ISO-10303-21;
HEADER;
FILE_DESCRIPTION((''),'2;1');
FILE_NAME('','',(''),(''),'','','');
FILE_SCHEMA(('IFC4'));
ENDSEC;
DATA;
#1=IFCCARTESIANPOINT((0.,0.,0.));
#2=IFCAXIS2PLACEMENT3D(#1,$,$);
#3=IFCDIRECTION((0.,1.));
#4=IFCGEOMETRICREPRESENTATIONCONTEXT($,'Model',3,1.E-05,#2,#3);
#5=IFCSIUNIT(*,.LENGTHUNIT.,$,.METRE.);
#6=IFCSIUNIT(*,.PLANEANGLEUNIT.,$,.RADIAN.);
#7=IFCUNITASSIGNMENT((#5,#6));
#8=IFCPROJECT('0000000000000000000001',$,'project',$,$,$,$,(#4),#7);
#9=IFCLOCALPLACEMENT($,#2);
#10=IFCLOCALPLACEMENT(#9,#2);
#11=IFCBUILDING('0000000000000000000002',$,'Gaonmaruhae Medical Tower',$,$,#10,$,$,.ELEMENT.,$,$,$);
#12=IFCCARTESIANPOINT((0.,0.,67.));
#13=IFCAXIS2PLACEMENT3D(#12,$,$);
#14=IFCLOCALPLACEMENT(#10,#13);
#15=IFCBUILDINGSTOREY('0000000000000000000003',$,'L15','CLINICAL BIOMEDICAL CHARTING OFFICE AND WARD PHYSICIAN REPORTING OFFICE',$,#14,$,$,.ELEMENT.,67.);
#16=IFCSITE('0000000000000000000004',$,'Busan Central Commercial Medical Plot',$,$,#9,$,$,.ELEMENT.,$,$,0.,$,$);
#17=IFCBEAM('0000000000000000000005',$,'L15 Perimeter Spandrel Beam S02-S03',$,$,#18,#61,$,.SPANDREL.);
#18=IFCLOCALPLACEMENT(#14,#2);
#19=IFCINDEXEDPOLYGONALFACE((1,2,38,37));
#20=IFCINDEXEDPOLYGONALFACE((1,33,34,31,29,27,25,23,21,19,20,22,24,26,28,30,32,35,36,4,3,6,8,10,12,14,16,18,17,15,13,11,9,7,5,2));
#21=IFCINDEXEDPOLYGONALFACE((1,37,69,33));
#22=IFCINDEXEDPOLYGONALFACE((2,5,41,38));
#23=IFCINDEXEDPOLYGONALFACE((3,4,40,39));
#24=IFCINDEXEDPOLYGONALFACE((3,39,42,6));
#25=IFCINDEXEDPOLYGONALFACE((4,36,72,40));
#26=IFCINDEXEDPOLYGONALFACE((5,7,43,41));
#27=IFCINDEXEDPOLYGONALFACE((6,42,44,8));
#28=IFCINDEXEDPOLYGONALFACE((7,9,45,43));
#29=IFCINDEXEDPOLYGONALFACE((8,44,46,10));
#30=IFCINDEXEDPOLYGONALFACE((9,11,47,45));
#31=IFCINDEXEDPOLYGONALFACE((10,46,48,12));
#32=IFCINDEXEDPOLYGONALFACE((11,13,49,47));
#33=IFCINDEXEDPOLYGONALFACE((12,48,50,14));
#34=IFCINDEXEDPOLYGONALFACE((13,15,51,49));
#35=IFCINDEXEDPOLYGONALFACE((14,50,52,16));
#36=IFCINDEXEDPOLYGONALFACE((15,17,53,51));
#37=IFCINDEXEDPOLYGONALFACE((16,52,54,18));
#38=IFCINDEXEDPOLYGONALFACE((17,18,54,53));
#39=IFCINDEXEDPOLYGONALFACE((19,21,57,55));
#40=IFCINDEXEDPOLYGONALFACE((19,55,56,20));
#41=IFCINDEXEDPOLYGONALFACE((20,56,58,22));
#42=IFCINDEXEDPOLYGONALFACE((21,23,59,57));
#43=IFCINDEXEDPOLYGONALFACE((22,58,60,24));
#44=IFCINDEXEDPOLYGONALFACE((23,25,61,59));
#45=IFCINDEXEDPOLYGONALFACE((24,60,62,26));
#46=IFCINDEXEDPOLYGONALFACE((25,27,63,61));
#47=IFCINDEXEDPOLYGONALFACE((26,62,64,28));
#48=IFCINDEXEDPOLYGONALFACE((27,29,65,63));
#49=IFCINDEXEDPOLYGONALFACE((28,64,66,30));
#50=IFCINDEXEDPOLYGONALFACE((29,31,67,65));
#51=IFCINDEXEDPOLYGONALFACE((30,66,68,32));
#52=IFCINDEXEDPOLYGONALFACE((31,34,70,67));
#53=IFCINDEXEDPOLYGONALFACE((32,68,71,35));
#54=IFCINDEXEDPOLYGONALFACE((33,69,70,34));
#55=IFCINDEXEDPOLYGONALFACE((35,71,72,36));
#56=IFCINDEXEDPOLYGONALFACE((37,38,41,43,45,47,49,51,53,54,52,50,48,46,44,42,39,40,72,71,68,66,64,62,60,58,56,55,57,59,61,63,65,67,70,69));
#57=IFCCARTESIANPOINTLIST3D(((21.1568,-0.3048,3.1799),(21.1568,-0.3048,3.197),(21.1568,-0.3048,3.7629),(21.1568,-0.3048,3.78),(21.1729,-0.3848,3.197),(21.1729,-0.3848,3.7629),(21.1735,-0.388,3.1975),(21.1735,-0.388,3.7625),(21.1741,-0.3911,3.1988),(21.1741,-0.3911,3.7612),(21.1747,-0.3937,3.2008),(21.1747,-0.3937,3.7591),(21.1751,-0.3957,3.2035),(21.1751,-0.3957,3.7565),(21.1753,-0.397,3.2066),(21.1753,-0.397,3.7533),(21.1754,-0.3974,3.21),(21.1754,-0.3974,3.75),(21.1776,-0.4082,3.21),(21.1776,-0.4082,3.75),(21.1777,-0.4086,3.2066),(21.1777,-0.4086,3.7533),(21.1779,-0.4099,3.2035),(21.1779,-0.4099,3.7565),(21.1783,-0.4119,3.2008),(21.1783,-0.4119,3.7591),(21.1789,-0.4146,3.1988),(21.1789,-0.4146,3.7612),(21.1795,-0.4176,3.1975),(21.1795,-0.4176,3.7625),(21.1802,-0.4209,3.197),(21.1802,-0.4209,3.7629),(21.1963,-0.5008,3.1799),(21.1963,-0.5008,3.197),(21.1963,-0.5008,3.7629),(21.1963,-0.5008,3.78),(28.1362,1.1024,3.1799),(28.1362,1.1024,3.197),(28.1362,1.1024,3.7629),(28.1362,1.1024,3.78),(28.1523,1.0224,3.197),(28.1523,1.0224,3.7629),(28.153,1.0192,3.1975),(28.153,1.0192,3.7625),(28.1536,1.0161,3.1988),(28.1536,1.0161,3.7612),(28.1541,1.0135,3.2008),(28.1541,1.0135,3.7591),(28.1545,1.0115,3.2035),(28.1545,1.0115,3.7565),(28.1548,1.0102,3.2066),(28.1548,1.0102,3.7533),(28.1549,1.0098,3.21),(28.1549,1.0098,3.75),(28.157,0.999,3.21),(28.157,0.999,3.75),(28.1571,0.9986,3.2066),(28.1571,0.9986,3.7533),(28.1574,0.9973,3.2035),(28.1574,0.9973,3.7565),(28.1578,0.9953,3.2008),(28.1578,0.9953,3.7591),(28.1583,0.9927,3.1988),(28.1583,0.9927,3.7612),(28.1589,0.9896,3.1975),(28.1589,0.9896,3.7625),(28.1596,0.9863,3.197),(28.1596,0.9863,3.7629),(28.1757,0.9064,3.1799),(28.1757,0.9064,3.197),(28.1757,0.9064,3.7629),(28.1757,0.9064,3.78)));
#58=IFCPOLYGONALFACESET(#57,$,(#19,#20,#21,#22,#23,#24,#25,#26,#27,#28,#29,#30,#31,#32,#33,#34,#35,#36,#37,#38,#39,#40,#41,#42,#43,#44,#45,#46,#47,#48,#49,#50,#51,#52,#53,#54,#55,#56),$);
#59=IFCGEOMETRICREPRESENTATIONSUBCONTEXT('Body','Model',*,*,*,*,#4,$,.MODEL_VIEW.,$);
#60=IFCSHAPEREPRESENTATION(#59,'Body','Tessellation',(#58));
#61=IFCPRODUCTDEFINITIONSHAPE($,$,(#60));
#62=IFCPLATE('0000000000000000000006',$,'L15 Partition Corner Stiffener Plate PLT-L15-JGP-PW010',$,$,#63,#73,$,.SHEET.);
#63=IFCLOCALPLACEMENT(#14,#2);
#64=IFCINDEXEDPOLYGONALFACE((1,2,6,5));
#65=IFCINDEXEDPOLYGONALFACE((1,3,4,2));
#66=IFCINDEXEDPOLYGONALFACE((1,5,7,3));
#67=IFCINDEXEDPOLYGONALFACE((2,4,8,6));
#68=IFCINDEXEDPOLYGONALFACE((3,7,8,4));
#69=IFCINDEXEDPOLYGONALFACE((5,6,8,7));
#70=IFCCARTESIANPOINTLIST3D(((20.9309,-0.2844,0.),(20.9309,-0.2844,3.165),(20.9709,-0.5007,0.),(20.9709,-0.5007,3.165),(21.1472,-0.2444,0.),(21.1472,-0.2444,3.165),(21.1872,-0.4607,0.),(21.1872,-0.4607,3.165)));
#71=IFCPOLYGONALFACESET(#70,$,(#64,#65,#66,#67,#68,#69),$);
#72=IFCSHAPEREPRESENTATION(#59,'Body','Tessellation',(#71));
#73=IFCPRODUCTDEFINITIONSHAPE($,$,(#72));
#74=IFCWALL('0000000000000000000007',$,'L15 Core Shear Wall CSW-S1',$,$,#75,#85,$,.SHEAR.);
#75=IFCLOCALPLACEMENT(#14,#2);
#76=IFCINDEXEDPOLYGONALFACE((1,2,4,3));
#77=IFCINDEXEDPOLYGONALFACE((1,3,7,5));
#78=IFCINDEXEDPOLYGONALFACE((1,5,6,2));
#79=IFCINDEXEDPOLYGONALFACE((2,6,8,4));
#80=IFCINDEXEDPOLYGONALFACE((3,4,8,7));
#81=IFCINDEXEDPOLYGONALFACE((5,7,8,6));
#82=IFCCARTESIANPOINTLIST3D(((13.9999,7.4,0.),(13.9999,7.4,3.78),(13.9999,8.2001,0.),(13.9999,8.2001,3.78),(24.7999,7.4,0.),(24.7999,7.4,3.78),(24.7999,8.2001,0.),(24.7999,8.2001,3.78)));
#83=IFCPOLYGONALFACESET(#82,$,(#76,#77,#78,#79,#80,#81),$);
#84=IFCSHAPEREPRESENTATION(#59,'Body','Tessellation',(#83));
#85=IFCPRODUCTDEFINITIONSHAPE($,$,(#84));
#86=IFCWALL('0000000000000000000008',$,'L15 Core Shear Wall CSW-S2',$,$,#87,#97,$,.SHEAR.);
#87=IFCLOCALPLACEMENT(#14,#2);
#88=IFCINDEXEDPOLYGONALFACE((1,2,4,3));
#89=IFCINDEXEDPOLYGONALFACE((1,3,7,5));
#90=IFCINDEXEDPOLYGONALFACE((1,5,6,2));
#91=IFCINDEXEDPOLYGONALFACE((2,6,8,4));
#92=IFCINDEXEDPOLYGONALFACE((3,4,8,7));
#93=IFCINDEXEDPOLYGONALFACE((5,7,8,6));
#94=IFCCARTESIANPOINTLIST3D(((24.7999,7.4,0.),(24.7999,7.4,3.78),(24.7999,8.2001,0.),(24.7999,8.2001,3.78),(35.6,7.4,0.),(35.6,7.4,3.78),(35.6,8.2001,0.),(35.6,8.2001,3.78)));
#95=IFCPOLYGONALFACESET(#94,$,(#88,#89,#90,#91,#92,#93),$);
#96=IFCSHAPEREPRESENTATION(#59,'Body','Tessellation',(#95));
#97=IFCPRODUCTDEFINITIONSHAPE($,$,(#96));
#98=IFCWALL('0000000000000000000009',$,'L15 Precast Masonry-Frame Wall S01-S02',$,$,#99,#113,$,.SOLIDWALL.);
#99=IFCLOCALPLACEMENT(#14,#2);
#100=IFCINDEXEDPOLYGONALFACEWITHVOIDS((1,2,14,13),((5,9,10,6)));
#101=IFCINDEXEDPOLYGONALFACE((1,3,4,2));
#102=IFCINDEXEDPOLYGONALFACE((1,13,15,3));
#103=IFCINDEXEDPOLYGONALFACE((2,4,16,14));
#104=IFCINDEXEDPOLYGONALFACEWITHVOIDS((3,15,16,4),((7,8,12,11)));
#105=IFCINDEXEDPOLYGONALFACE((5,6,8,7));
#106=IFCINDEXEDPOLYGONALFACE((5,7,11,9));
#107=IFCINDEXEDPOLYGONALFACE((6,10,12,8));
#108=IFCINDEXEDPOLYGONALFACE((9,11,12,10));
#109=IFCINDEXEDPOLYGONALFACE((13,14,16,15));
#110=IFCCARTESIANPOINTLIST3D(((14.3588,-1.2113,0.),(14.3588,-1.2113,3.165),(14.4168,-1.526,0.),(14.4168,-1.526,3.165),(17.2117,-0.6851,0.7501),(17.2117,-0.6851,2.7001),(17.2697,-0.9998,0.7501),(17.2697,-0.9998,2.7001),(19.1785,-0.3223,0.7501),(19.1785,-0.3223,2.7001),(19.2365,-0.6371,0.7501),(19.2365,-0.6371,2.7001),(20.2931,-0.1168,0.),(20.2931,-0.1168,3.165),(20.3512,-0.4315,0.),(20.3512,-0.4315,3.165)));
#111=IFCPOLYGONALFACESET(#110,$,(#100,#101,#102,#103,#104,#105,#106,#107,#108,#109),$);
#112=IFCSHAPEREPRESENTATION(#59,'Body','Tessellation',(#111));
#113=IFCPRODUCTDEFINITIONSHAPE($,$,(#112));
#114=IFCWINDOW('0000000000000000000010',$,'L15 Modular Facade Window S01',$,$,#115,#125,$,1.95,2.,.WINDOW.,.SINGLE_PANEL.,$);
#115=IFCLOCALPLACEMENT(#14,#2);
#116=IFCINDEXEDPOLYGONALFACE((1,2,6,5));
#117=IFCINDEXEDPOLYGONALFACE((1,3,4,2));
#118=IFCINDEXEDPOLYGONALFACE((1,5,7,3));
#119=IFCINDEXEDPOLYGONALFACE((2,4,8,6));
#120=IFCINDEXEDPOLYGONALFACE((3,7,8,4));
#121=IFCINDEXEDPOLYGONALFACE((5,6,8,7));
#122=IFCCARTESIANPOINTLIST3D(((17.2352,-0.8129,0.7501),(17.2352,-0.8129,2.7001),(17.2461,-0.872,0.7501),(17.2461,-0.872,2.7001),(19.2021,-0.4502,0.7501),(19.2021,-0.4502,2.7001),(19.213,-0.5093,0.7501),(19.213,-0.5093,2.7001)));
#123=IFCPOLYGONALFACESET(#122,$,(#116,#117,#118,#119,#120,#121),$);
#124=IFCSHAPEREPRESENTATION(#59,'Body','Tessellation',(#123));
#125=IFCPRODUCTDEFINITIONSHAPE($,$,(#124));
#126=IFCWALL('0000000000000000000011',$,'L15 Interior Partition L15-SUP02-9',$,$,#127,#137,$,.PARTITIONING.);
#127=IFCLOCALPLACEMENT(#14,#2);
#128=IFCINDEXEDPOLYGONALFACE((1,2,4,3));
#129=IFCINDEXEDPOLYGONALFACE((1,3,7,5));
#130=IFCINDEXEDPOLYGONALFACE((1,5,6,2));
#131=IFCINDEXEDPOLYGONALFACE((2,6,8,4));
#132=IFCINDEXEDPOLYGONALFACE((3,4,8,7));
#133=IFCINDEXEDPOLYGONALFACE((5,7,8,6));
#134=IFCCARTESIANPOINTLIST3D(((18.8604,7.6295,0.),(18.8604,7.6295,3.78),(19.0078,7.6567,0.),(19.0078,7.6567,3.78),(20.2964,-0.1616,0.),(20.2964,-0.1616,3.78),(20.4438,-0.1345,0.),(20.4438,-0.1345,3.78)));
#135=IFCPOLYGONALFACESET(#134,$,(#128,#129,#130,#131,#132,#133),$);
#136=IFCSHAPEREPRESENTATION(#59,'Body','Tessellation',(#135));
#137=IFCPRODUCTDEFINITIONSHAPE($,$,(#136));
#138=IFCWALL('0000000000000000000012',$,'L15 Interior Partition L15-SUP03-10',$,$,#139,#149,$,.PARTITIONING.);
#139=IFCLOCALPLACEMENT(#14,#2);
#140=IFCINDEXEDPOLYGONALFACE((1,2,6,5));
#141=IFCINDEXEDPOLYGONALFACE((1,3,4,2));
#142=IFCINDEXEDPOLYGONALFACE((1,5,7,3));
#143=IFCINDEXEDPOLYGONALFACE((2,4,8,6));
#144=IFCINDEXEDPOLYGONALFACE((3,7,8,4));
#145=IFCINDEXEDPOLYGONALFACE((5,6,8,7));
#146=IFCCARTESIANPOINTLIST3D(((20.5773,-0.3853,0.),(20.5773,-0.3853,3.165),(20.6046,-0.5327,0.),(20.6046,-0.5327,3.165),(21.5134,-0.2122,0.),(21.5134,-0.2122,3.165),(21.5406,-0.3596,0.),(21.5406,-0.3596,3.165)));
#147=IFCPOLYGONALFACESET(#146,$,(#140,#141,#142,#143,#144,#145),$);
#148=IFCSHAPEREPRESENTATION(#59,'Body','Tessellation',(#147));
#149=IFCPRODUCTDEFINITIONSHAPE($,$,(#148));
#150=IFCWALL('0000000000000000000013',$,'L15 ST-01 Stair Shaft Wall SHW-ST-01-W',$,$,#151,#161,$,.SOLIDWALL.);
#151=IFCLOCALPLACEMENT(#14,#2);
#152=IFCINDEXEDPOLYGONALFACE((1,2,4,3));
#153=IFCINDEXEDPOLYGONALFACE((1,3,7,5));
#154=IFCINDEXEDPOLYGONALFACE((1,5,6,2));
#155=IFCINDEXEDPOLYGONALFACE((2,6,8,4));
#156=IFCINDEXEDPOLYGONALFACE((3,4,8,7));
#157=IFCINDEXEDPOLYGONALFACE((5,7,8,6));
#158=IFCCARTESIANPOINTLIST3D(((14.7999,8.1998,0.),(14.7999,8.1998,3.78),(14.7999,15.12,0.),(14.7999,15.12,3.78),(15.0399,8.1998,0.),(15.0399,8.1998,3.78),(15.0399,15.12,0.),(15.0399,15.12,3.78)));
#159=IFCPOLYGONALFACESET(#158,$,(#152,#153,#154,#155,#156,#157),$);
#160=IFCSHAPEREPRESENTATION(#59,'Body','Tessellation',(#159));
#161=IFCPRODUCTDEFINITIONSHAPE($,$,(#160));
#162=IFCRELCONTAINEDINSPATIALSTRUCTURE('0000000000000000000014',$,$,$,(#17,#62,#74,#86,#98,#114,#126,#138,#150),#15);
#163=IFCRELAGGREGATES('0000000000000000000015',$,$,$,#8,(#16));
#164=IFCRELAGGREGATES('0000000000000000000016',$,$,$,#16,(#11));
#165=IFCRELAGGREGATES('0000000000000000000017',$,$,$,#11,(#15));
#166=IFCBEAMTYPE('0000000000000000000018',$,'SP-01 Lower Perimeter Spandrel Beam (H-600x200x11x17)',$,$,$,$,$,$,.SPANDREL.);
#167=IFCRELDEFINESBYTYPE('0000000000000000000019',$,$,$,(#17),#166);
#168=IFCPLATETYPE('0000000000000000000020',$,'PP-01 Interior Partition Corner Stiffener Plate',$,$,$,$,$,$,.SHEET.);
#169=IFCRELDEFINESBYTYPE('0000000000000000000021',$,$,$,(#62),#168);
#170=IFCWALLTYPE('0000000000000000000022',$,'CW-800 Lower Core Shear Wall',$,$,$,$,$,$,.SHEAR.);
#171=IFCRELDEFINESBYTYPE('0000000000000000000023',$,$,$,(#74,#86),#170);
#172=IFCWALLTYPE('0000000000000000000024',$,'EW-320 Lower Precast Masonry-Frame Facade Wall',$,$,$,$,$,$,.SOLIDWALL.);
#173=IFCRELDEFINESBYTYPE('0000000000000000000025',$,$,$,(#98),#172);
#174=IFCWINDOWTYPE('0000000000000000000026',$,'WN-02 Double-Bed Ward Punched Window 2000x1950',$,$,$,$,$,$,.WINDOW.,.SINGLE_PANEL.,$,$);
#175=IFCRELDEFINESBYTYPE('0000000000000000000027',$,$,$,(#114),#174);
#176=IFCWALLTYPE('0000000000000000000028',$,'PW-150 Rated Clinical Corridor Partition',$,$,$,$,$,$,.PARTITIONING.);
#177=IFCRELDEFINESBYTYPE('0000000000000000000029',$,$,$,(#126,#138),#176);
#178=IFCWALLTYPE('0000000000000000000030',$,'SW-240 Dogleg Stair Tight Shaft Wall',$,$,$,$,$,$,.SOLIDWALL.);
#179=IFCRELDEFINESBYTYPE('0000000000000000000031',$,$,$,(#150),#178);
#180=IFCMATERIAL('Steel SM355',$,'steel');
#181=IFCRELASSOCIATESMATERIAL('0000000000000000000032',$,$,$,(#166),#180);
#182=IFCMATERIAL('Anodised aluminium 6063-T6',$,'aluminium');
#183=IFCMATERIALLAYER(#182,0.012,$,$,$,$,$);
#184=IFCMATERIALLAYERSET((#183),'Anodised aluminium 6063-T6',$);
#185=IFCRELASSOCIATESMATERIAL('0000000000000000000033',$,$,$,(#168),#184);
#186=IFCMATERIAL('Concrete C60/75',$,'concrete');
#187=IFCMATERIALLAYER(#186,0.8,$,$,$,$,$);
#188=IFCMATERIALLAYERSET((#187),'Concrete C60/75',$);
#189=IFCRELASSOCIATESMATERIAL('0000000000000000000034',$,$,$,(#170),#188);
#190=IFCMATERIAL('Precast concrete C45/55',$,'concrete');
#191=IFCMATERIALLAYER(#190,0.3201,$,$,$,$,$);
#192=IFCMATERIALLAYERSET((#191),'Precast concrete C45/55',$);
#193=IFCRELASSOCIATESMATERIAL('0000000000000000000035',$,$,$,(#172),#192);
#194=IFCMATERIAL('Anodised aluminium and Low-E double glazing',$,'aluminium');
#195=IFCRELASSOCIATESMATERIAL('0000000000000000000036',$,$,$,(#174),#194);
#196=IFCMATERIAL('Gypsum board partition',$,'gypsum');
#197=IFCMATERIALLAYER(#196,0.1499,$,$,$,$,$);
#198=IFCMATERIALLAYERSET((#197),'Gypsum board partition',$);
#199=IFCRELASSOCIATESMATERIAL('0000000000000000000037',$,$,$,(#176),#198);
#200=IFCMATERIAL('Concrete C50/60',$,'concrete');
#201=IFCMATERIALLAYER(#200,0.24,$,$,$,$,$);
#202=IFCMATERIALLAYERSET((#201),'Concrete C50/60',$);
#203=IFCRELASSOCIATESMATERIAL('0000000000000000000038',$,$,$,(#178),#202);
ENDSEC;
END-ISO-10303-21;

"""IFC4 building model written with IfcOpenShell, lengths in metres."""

from ifc_helpers import new_model, si_unit, direction, frame, frame_2d, origin, origin_2d, place, context, subcontext, project, spatial, rectangle, i_section, extrude, material, layer, layer_set, material_profile, profile_set, type_object, element, fill, save


model = new_model("IFC4")

# Units and contexts
model_context = context("Model", 3, precision=1e-05, world=origin(), true_north=direction((0.0, 1.0)))
body_context = subcontext(model_context, "Body", "Model", "MODEL_VIEW")
ifc_project = project(units=[si_unit("LENGTHUNIT", "METRE"), si_unit("PLANEANGLEUNIT", "RADIAN")], contexts=[model_context])

# Site, building, storey
site_placement = place(None, origin())
site = spatial("IfcSite", under=ifc_project, at=site_placement, Name="Busan Central Commercial Medical Plot", CompositionType="ELEMENT", RefElevation=0.0)
building_placement = place(site_placement, origin())
building = spatial("IfcBuilding", under=site, at=building_placement, Name="Gaonmaruhae Medical Tower", CompositionType="ELEMENT")
storey_placement = place(building_placement, frame((0.0, 0.0, 67.0)))
storey = spatial("IfcBuildingStorey", under=building, at=storey_placement, Name="L15", Description="CLINICAL BIOMEDICAL CHARTING OFFICE AND WARD PHYSICIAN REPORTING OFFICE", CompositionType="ELEMENT", Elevation=67.0)

# Shared definitions
ifc_material_1 = material(Name="Concrete C60/75", Category="concrete")

# Beam
ifc_material_2 = material(Name="Steel SM355", Category="steel")
ifc_material_profile_1 = material_profile(ifc_material_2, i_section(OverallWidth=0.2, OverallDepth=0.6001, WebThickness=0.011, FlangeThickness=0.0171, FilletRadius=0.0129, at=origin_2d()), Name="H-600x200x11x17")
ifc_profile_set_1 = profile_set([ifc_material_profile_1], Name="Steel SM355")
beam_type_1 = type_object("IfcBeamType", Name="SP-01 Lower Perimeter Spandrel Beam (H-600x200x11x17)", PredefinedType="SPANDREL", material=ifc_profile_set_1)
for number, where, z_axis, x_axis, name in (
    (1, (21.1765, -0.4028, 3.48), (0.980274, 0.197646, 0.0), (-0.197646, 0.980274, 0.0), "L15 Perimeter Spandrel Beam S02-S03"),
):
    element("IfcBeam", number, at=place(storey_placement, frame(where, z_axis=z_axis, x_axis=x_axis)), inside=storey, type_object=beam_type_1, Name=name, PredefinedType="SPANDREL", context=body_context, shape_type="SweptSolid", body=[
        extrude(i_section(OverallWidth=0.2, OverallDepth=0.6001, WebThickness=0.011, FlangeThickness=0.0171, FilletRadius=0.0129, at=origin_2d()), origin(), (0.0, 0.0, 1.0), 7.1199),
    ])

# Plate
ifc_material_3 = material(Name="Anodised aluminium 6063-T6", Category="aluminium")
ifc_layer_1 = layer(ifc_material_3, 0.012)
ifc_layer_set_1 = layer_set([ifc_layer_1], Name="Anodised aluminium 6063-T6")
plate_type = type_object("IfcPlateType", Name="PP-01 Interior Partition Corner Stiffener Plate", PredefinedType="SHEET", material=ifc_layer_set_1)
plate_placement = place(storey_placement, frame((21.0591, -0.3726, 0.0), z_axis=(0.0, 0.0, 1.0), x_axis=(-0.983344, -0.181755, 0.0)))
element("IfcPlate", 2, at=plate_placement, inside=storey, type_object=plate_type, Name="L15 Partition Corner Stiffener Plate PLT-L15-JGP-PW010", PredefinedType="SHEET", context=body_context, shape_type="SweptSolid", body=[
    extrude(rectangle(XDim=0.22, YDim=0.22, at=origin_2d()), origin(), (0.0, 0.0, 1.0), 3.165),
])

# Walls
ifc_layer_2 = layer(ifc_material_1, 0.8)
ifc_layer_set_2 = layer_set([ifc_layer_2], Name="Concrete C60/75")
wall_type_1 = type_object("IfcWallType", Name="CW-800 Lower Core Shear Wall", PredefinedType="SHEAR", material=ifc_layer_set_2)
for number, where, z_axis, x_axis, name in (
    (3, (14.0, 7.8, 0.0), (0.0, 0.0, 1.0), (1.0, 0.0, 0.0), "L15 Core Shear Wall CSW-S1"),
    (4, (24.8, 7.8, 0.0), (0.0, 0.0, 1.0), (1.0, 0.0, 0.0), "L15 Core Shear Wall CSW-S2"),
):
    element("IfcWall", number, at=place(storey_placement, frame(where, z_axis=z_axis, x_axis=x_axis)), inside=storey, type_object=wall_type_1, Name=name, PredefinedType="SHEAR", context=body_context, shape_type="SweptSolid", body=[
        extrude(rectangle(XDim=10.8, YDim=0.8, at=frame_2d((5.3999, 0.0))), origin(), (0.0, 0.0, 1.0), 3.78),
    ])

# Wall, opening, window
ifc_material_4 = material(Name="Precast concrete C45/55", Category="concrete")
ifc_layer_3 = layer(ifc_material_4, 0.3201)
ifc_layer_set_3 = layer_set([ifc_layer_3], Name="Precast concrete C45/55")
wall_type_2 = type_object("IfcWallType", Name="EW-320 Lower Precast Masonry-Frame Facade Wall", PredefinedType="SOLIDWALL", material=ifc_layer_set_3)
wall_1_placement = place(storey_placement, frame((20.322, -0.2742, 0.0), z_axis=(0.0, 0.0, 1.0), x_axis=(-0.983414, -0.181374, 0.0)))
wall_1 = element("IfcWall", 5, at=wall_1_placement, inside=storey, type_object=wall_type_2, Name="L15 Precast Masonry-Frame Wall S01-S02", PredefinedType="SOLIDWALL", context=body_context, shape_type="SweptSolid", body=[
    extrude(rectangle(XDim=6.0344, YDim=0.3201, at=frame_2d((3.0171, 0.0))), origin(), (0.0, 0.0, 1.0), 3.165),
])
opening_1_placement = place(wall_1_placement, frame((1.1333, 0.0, 0.75)))
opening_1 = element("IfcOpeningElement", 6, at=opening_1_placement, cuts=wall_1, PredefinedType="OPENING", context=body_context, shape_type="SweptSolid", body=[
    extrude(rectangle(XDim=2.0, YDim=1.95, at=frame_2d((1.0, 0.9751))), frame((0.0, 0.1699, 0.0), z_axis=(0.0, -1.0, 0.0), x_axis=(1.0, 0.0, 0.0)), (0.0, 0.0, 1.0), 0.3401),
])
ifc_material_5 = material(Name="Anodised aluminium and Low-E double glazing", Category="aluminium")
window_type = type_object("IfcWindowType", Name="WN-02 Double-Bed Ward Punched Window 2000x1950", PartitioningType="SINGLE_PANEL", PredefinedType="WINDOW", material=ifc_material_5)
window_placement = place(opening_1_placement, origin())
window = element("IfcWindow", 7, at=window_placement, inside=storey, type_object=window_type, Name="L15 Modular Facade Window S01", OverallHeight=1.95, OverallWidth=2.0, PartitioningType="SINGLE_PANEL", PredefinedType="WINDOW", context=body_context, shape_type="SweptSolid", body=[
    extrude(rectangle(XDim=2.0, YDim=1.95, at=frame_2d((1.0, 0.9751))), frame((0.0, 0.03, 0.0), z_axis=(0.0, -1.0, 0.0), x_axis=(1.0, 0.0, 0.0)), (0.0, 0.0, 1.0), 0.0601),
])
fill(opening_1, window)

# Walls
ifc_material_6 = material(Name="Gypsum board partition", Category="gypsum")
ifc_layer_4 = layer(ifc_material_6, 0.1499)
ifc_layer_set_4 = layer_set([ifc_layer_4], Name="Gypsum board partition")
wall_type_3 = type_object("IfcWallType", Name="PW-150 Rated Clinical Corridor Partition", PredefinedType="PARTITIONING", material=ifc_layer_set_4)
wall_2_placement = place(storey_placement, frame((18.9341, 7.6431, 0.0), z_axis=(0.0, 0.0, 1.0), x_axis=(0.181266, -0.983434, 0.0)))
element("IfcWall", 8, at=wall_2_placement, inside=storey, type_object=wall_type_3, Name="L15 Interior Partition L15-SUP02-9", PredefinedType="PARTITIONING", context=body_context, shape_type="SweptSolid", body=[
    extrude(rectangle(XDim=7.9224, YDim=0.1499, at=frame_2d((3.9612, 0.0))), origin(), (0.0, 0.0, 1.0), 3.78),
])
wall_3_placement = place(storey_placement, frame((21.5271, -0.2859, 0.0), z_axis=(0.0, 0.0, 1.0), x_axis=(-0.983328, -0.181841, 0.0)))
element("IfcWall", 9, at=wall_3_placement, inside=storey, type_object=wall_type_3, Name="L15 Interior Partition L15-SUP03-10", PredefinedType="PARTITIONING", context=body_context, shape_type="SweptSolid", body=[
    extrude(rectangle(XDim=0.9519, YDim=0.1499, at=frame_2d((0.4761, 0.0))), origin(), (0.0, 0.0, 1.0), 3.165),
])
ifc_material_7 = material(Name="Concrete C50/60", Category="concrete")
ifc_layer_5 = layer(ifc_material_7, 0.24)
ifc_layer_set_5 = layer_set([ifc_layer_5], Name="Concrete C50/60")
wall_type_4 = type_object("IfcWallType", Name="SW-240 Dogleg Stair Tight Shaft Wall", PredefinedType="SOLIDWALL", material=ifc_layer_set_5)
wall_4_placement = place(storey_placement, frame((14.9199, 8.2, 0.0), z_axis=(0.0, 0.0, 1.0), x_axis=(0.0, 1.0, 0.0)))
element("IfcWall", 10, at=wall_4_placement, inside=storey, type_object=wall_type_4, Name="L15 ST-01 Stair Shaft Wall SHW-ST-01-W", PredefinedType="SOLIDWALL", context=body_context, shape_type="SweptSolid", body=[
    extrude(rectangle(XDim=6.9202, YDim=0.24, at=frame_2d((3.46, 0.0))), origin(), (0.0, 0.0, 1.0), 3.78),
])

save(model, "model.ifc")
